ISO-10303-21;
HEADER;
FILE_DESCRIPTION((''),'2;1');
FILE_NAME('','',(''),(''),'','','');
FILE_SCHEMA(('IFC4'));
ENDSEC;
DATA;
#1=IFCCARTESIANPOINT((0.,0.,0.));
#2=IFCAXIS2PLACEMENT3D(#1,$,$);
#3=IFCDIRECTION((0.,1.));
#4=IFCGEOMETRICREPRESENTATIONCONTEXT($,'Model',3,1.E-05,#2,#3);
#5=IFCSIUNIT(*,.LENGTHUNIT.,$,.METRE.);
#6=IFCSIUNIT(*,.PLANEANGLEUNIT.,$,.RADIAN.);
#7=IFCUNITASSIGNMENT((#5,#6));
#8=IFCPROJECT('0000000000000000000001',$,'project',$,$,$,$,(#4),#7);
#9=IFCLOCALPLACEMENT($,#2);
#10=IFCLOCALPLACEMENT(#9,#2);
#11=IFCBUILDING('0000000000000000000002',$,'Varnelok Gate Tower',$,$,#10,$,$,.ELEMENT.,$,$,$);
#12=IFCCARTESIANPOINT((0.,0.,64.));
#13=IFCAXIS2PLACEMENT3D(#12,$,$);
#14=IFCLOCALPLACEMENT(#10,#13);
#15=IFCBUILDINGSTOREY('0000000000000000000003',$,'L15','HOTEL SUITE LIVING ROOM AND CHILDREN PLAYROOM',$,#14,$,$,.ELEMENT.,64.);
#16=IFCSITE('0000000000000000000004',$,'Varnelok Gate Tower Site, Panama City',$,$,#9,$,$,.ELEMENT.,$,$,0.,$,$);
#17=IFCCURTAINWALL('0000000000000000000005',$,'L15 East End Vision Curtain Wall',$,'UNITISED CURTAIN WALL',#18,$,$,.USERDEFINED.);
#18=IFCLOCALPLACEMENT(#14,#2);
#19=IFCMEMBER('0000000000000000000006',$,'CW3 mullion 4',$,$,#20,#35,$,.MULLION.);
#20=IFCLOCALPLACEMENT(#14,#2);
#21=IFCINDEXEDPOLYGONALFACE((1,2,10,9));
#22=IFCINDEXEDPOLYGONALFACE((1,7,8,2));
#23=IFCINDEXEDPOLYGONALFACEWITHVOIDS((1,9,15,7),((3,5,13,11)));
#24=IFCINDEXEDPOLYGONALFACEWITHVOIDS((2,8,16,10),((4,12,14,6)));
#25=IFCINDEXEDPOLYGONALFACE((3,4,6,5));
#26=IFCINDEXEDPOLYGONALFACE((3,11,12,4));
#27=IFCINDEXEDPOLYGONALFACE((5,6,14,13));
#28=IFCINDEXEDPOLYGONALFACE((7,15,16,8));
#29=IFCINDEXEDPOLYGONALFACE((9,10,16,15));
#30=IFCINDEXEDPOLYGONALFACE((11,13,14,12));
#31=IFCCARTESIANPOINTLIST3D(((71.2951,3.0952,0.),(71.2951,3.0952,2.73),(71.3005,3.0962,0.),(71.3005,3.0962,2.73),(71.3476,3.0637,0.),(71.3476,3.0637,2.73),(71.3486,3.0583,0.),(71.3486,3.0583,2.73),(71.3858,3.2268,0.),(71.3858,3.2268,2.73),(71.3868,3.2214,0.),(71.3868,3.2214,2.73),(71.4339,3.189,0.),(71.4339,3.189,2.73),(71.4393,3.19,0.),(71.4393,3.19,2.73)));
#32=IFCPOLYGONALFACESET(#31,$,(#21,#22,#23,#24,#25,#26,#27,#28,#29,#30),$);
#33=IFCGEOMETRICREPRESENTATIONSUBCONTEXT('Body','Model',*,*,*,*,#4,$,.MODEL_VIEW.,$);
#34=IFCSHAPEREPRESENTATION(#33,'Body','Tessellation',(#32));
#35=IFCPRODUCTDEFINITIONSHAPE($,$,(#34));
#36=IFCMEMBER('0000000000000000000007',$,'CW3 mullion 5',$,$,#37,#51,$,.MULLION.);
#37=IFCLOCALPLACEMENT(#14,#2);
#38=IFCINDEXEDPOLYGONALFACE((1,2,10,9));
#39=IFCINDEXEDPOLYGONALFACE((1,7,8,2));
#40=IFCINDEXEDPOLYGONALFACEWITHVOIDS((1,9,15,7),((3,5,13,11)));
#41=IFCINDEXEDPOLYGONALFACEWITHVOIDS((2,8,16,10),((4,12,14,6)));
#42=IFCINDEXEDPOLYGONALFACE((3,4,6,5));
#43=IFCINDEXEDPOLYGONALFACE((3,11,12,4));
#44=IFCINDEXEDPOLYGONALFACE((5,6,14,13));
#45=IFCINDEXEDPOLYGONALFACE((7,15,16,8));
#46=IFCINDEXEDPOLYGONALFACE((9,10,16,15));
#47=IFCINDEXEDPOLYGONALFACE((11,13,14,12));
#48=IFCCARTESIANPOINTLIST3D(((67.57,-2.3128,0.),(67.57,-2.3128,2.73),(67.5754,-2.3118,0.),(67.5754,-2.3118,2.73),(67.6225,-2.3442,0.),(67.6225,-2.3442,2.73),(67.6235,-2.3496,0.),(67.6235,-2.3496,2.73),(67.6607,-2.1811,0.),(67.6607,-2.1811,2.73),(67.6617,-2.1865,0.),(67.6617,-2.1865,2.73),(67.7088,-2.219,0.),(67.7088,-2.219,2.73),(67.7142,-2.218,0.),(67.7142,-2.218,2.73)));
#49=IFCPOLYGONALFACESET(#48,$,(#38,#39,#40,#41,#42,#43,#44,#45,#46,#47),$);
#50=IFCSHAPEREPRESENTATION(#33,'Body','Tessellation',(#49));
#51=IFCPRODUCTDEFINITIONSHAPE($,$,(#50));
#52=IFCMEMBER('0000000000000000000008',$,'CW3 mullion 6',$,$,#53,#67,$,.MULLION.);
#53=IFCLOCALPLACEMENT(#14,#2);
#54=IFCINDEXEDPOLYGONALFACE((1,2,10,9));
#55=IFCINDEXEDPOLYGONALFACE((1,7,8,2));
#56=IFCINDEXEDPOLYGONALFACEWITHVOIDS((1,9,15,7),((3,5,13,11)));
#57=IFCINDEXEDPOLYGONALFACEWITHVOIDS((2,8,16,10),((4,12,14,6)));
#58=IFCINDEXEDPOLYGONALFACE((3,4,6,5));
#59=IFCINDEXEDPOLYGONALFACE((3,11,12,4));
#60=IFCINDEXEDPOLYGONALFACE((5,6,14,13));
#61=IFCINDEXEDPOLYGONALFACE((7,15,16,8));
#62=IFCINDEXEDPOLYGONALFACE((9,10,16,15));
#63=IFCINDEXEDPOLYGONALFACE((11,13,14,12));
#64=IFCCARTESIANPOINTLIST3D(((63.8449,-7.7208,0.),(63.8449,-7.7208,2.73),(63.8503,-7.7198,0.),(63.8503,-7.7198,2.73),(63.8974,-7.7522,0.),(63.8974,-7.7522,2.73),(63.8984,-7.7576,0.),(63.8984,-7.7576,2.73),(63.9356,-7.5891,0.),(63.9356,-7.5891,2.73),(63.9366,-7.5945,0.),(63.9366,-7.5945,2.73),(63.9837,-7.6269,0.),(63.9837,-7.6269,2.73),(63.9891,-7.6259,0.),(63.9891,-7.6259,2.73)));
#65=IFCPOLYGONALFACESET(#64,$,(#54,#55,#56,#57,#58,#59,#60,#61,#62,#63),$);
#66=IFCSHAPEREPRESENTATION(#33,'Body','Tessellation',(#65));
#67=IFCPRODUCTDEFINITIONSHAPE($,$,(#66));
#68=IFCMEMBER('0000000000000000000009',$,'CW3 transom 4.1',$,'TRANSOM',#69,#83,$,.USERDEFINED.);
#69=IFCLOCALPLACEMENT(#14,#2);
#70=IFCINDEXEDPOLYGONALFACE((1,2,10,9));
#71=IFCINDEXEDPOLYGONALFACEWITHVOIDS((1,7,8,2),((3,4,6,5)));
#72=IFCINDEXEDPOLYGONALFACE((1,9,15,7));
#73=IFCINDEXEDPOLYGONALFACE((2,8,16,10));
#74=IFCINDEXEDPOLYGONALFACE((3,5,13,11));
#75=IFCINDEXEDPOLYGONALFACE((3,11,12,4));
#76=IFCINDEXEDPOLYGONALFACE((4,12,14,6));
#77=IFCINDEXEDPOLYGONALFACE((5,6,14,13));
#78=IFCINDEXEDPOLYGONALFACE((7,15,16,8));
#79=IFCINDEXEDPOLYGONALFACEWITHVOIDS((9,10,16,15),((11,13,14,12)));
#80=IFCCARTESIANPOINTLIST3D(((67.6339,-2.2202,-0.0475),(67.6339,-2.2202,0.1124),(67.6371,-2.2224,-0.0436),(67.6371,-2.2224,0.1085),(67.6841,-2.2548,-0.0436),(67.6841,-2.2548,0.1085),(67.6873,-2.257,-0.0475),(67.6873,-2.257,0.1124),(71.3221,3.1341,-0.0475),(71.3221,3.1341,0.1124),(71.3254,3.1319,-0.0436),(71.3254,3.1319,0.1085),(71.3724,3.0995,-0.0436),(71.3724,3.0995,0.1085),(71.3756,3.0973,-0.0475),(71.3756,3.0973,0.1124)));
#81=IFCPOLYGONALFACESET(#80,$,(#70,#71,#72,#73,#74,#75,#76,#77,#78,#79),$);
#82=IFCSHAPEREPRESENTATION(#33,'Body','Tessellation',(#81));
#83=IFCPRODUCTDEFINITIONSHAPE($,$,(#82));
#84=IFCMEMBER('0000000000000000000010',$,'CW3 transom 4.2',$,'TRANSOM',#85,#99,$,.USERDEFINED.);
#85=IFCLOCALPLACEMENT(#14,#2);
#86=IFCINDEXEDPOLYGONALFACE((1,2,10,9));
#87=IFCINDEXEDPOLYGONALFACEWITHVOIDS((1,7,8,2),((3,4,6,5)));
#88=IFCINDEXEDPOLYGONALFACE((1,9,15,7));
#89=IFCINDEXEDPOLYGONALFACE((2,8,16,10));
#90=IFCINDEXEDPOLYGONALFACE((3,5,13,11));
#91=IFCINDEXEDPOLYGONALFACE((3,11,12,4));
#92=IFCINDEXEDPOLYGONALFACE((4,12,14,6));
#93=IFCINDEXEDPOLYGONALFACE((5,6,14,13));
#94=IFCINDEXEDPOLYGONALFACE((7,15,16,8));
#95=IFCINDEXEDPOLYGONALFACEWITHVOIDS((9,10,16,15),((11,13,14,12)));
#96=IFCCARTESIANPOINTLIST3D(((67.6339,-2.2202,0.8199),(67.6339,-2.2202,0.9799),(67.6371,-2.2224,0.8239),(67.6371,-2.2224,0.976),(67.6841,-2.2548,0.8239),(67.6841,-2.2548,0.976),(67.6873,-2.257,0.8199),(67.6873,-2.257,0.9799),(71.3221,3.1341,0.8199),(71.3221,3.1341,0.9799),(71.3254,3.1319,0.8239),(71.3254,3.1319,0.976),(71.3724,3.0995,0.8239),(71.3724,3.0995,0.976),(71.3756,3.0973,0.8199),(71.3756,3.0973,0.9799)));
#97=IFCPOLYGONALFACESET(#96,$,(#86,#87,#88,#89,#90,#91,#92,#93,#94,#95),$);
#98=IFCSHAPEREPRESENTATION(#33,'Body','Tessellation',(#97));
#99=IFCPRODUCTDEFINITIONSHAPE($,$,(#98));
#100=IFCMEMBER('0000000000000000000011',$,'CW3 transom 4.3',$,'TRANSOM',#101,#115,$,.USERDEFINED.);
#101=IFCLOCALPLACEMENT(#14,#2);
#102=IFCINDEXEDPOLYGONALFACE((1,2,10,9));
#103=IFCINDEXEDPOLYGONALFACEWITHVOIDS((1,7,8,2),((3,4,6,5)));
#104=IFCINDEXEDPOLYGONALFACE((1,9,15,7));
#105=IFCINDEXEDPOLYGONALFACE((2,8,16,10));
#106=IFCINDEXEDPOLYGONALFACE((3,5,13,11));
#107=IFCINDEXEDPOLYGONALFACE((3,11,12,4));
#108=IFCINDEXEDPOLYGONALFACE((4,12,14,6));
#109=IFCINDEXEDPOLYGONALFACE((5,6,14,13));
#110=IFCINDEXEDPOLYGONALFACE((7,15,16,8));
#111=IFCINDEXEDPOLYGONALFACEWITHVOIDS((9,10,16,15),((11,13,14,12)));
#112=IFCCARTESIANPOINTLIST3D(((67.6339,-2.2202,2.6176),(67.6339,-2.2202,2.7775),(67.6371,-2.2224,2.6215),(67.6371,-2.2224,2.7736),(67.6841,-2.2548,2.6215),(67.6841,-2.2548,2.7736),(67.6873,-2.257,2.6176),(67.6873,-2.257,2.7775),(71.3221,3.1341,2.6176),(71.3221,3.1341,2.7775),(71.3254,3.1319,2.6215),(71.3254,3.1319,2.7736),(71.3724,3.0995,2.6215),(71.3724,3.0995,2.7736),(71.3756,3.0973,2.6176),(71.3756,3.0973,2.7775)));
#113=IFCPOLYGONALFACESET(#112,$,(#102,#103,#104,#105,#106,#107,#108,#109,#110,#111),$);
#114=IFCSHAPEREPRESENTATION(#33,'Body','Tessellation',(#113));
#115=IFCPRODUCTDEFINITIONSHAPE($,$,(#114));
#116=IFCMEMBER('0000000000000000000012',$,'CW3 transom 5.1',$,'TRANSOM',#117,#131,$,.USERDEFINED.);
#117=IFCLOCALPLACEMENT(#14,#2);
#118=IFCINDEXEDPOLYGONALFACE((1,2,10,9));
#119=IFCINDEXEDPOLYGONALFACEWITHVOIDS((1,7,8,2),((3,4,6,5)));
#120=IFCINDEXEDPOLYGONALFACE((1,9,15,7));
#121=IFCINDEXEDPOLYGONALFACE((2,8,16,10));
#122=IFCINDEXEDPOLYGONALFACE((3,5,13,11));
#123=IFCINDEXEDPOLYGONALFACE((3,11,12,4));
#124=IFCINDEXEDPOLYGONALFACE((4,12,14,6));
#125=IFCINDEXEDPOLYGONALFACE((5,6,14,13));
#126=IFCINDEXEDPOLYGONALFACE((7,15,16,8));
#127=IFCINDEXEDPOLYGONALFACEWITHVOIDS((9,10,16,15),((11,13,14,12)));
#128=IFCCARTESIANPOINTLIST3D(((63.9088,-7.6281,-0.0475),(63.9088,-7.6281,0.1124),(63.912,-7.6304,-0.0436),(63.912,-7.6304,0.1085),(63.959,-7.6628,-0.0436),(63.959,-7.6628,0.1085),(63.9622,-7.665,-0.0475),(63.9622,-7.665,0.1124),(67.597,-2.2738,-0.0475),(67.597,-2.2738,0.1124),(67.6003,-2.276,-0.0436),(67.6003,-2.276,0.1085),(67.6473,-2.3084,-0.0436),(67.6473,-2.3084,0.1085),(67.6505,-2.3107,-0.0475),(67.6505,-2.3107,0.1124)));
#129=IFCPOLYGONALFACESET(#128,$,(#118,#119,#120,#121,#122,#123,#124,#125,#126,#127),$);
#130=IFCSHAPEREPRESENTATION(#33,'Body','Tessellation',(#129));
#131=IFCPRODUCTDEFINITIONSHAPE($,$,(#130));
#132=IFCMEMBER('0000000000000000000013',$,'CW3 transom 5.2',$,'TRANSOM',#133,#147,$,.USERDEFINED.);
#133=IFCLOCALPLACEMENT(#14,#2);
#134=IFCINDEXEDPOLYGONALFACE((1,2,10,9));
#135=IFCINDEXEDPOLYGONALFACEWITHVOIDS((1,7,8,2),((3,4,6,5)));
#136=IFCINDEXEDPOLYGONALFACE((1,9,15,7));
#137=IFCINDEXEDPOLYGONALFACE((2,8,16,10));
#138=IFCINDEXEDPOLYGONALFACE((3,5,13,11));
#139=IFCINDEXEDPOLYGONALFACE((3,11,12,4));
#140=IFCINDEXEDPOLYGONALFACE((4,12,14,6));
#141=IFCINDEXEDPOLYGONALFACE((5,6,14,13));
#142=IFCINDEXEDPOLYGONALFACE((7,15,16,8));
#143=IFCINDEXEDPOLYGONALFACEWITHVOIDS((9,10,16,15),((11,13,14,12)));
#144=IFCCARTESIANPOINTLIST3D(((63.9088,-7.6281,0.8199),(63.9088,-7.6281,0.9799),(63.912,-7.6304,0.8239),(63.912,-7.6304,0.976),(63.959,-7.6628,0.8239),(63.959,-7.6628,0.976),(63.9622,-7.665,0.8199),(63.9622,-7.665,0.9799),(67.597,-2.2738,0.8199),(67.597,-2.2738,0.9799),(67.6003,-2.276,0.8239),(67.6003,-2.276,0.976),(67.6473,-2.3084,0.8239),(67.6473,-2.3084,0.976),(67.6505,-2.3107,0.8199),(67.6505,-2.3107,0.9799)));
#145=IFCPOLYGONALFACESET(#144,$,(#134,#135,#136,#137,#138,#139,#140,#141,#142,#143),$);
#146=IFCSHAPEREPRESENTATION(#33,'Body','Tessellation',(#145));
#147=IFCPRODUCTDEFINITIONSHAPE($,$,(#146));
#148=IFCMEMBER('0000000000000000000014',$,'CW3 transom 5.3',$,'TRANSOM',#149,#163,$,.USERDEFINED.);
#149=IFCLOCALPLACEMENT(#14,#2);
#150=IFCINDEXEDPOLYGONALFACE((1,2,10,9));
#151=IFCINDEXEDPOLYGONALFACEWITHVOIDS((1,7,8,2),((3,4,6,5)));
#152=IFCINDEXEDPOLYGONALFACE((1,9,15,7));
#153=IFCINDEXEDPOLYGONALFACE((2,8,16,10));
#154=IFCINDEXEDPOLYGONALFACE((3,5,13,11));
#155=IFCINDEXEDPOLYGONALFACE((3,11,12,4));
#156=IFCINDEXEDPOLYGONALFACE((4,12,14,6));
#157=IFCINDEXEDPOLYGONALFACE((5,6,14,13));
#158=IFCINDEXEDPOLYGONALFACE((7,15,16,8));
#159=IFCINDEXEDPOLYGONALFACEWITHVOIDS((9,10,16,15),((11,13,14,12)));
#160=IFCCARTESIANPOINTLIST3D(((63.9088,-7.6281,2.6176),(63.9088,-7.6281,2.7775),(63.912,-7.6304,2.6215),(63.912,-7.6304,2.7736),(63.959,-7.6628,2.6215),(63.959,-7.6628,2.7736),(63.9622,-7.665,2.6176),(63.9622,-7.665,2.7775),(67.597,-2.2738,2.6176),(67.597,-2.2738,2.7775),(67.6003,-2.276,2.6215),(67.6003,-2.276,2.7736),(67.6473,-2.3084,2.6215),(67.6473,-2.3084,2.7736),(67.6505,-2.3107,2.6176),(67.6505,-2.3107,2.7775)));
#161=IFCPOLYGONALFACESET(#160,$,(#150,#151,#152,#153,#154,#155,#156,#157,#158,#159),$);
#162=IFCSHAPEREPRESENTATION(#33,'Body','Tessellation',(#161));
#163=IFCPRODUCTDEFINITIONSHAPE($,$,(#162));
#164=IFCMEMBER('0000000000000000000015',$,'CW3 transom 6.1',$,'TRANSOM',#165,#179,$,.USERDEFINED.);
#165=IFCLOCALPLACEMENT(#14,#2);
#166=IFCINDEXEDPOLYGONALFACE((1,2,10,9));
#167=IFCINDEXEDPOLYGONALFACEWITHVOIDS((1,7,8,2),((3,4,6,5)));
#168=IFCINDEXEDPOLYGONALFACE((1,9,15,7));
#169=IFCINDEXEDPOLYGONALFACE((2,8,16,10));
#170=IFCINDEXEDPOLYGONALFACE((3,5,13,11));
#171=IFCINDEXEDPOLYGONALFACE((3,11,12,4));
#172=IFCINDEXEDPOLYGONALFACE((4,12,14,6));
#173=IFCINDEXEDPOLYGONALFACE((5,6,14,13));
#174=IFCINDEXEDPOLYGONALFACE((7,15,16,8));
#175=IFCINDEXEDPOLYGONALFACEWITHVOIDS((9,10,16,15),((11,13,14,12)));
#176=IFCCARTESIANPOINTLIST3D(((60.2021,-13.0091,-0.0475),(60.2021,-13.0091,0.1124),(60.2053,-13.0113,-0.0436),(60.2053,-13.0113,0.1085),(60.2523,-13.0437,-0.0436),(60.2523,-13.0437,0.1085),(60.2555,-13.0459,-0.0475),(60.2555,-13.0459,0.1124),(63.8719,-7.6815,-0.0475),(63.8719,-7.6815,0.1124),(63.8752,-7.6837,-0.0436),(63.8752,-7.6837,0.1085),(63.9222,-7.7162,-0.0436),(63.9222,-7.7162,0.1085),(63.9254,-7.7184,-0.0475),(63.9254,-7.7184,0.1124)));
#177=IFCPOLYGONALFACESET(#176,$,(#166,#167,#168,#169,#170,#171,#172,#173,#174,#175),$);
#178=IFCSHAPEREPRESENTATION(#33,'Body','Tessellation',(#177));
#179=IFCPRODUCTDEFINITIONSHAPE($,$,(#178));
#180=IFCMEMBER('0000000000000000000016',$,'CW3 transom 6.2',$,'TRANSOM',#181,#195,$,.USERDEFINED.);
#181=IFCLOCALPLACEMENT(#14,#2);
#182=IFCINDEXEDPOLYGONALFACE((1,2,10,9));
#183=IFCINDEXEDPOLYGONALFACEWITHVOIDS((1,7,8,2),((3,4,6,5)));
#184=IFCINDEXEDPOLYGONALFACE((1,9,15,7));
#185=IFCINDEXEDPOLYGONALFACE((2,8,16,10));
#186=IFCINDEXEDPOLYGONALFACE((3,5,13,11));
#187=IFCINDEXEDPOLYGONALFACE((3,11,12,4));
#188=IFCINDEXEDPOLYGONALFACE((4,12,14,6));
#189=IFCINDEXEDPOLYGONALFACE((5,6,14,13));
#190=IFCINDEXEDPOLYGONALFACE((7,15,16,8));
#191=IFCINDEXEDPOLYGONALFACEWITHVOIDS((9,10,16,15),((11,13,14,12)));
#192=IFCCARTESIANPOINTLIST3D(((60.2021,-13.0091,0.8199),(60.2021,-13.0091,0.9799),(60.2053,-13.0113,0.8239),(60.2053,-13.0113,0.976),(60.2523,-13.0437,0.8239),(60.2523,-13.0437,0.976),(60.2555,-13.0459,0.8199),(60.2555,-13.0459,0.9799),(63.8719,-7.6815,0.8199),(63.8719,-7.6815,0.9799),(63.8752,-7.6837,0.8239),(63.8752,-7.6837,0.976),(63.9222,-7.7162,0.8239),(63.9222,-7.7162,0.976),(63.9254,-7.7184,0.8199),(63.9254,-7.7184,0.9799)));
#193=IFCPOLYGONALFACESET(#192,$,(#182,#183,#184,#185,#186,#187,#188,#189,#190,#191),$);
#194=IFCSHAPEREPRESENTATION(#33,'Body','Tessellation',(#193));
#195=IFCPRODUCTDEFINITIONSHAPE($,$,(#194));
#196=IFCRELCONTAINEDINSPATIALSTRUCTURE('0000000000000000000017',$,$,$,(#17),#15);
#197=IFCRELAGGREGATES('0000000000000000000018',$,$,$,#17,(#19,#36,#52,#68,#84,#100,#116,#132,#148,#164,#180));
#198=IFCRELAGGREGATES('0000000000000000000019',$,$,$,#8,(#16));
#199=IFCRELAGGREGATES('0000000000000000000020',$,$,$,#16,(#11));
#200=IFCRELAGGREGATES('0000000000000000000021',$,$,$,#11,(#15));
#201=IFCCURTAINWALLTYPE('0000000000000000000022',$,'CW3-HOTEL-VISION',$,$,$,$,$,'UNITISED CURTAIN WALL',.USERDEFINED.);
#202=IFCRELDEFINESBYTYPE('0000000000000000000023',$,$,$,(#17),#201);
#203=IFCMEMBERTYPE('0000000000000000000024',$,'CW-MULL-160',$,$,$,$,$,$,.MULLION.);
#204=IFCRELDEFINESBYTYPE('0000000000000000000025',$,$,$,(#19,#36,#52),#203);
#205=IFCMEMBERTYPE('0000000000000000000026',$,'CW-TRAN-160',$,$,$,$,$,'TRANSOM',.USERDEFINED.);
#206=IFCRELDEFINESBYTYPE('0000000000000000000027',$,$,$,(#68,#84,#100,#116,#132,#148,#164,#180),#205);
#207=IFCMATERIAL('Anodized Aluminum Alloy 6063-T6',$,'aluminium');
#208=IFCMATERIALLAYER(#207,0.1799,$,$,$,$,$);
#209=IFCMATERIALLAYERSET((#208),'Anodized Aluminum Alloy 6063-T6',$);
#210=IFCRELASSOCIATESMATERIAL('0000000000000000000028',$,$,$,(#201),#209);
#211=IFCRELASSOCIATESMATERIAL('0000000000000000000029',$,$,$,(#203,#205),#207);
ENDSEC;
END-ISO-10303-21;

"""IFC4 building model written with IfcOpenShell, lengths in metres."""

from ifc_helpers import new_model, si_unit, direction, frame, origin, origin_2d, place, context, subcontext, project, spatial, hollow_rectangle, extrude, material, layer, layer_set, material_profile, profile_set, type_object, element, aggregate, save


model = new_model("IFC4")

# Units and contexts
model_context = context("Model", 3, precision=1e-05, world=origin(), true_north=direction((0.0, 1.0)))
body_context = subcontext(model_context, "Body", "Model", "MODEL_VIEW")
ifc_project = project(units=[si_unit("LENGTHUNIT", "METRE"), si_unit("PLANEANGLEUNIT", "RADIAN")], contexts=[model_context])

# Site, building, storey
site_placement = place(None, origin())
site = spatial("IfcSite", under=ifc_project, at=site_placement, Name="Varnelok Gate Tower Site, Panama City", CompositionType="ELEMENT", RefElevation=0.0)
building_placement = place(site_placement, origin())
building = spatial("IfcBuilding", under=site, at=building_placement, Name="Varnelok Gate Tower", CompositionType="ELEMENT")
storey_placement = place(building_placement, frame((0.0, 0.0, 64.0)))
storey = spatial("IfcBuildingStorey", under=building, at=storey_placement, Name="L15", Description="HOTEL SUITE LIVING ROOM AND CHILDREN PLAYROOM", CompositionType="ELEMENT", Elevation=64.0)

# Curtain wall, members
ifc_material_1 = material(Name="Anodized Aluminum Alloy 6063-T6", Category="aluminium")
ifc_layer_1 = layer(ifc_material_1, 0.1799)
ifc_layer_set_1 = layer_set([ifc_layer_1], Name="Anodized Aluminum Alloy 6063-T6")
curtain_wall_type = type_object("IfcCurtainWallType", Name="CW3-HOTEL-VISION", ElementType="UNITISED CURTAIN WALL", PredefinedType="USERDEFINED", material=ifc_layer_set_1)
curtain_wall_placement = place(storey_placement, origin())
curtain_wall = element("IfcCurtainWall", 1, at=curtain_wall_placement, inside=storey, type_object=curtain_wall_type, Name="L15 East End Vision Curtain Wall", ObjectType="UNITISED CURTAIN WALL", PredefinedType="USERDEFINED")
ifc_material_profile_1 = material_profile(ifc_material_1, hollow_rectangle(XDim=0.0649, YDim=0.1599, WallThickness=0.0039, at=origin_2d()), Name="ALU160X65X4")
ifc_profile_set_1 = profile_set([ifc_material_profile_1], Name="Anodized Aluminum Alloy 6063-T6")
member_type_1 = type_object("IfcMemberType", Name="CW-MULL-160", PredefinedType="MULLION", material=ifc_profile_set_1)
member_1_placement = place(storey_placement, frame((71.3672, 3.1426, 0.0), z_axis=(0.0, 0.0, 1.0), x_axis=(0.823533, -0.567269, 0.0)))
member_1 = element("IfcMember", 2, at=member_1_placement, type_object=member_type_1, Name="CW3 mullion 4", PredefinedType="MULLION", context=body_context, shape_type="SweptSolid", body=[
    extrude(hollow_rectangle(XDim=0.0649, YDim=0.1599, WallThickness=0.0039, at=origin_2d()), origin(), (0.0, 0.0, 1.0), 2.73),
])
member_2_placement = place(storey_placement, frame((67.6421, -2.2654, 0.0), z_axis=(0.0, 0.0, 1.0), x_axis=(0.823533, -0.567269, 0.0)))
member_2 = element("IfcMember", 3, at=member_2_placement, type_object=member_type_1, Name="CW3 mullion 5", PredefinedType="MULLION", context=body_context, shape_type="SweptSolid", body=[
    extrude(hollow_rectangle(XDim=0.0649, YDim=0.1599, WallThickness=0.0039, at=origin_2d()), origin(), (0.0, 0.0, 1.0), 2.73),
])
member_3_placement = place(storey_placement, frame((63.917, -7.6733, 0.0), z_axis=(0.0, 0.0, 1.0), x_axis=(0.823533, -0.567269, 0.0)))
member_3 = element("IfcMember", 4, at=member_3_placement, type_object=member_type_1, Name="CW3 mullion 6", PredefinedType="MULLION", context=body_context, shape_type="SweptSolid", body=[
    extrude(hollow_rectangle(XDim=0.0649, YDim=0.1599, WallThickness=0.0039, at=origin_2d()), origin(), (0.0, 0.0, 1.0), 2.73),
])
ifc_material_profile_2 = material_profile(ifc_material_1, hollow_rectangle(XDim=0.0649, YDim=0.1599, WallThickness=0.0039, at=origin_2d()), Name="ALU160X65X4")
ifc_profile_set_2 = profile_set([ifc_material_profile_2], Name="Anodized Aluminum Alloy 6063-T6")
member_type_2 = type_object("IfcMemberType", Name="CW-TRAN-160", ElementType="TRANSOM", PredefinedType="USERDEFINED", material=ifc_profile_set_2)
member_4_placement = place(storey_placement, frame((71.3489, 3.1157, 0.0325), z_axis=(-0.567279, -0.823526, 0.0), x_axis=(0.823526, -0.567279, 0.0)))
member_4 = element("IfcMember", 5, at=member_4_placement, type_object=member_type_2, Name="CW3 transom 4.1", ObjectType="TRANSOM", PredefinedType="USERDEFINED", context=body_context, shape_type="SweptSolid", body=[
    extrude(hollow_rectangle(XDim=0.0649, YDim=0.1599, WallThickness=0.0039, at=origin_2d()), origin(), (0.0, 0.0, 1.0), 6.5017),
])
member_5_placement = place(storey_placement, frame((71.3489, 3.1157, 0.8999), z_axis=(-0.567279, -0.823526, 0.0), x_axis=(0.823526, -0.567279, 0.0)))
member_5 = element("IfcMember", 6, at=member_5_placement, type_object=member_type_2, Name="CW3 transom 4.2", ObjectType="TRANSOM", PredefinedType="USERDEFINED", context=body_context, shape_type="SweptSolid", body=[
    extrude(hollow_rectangle(XDim=0.0649, YDim=0.1599, WallThickness=0.0039, at=origin_2d()), origin(), (0.0, 0.0, 1.0), 6.5017),
])
member_6_placement = place(storey_placement, frame((71.3489, 3.1157, 2.6975), z_axis=(-0.567279, -0.823526, 0.0), x_axis=(0.823526, -0.567279, 0.0)))
member_6 = element("IfcMember", 7, at=member_6_placement, type_object=member_type_2, Name="CW3 transom 4.3", ObjectType="TRANSOM", PredefinedType="USERDEFINED", context=body_context, shape_type="SweptSolid", body=[
    extrude(hollow_rectangle(XDim=0.0649, YDim=0.1599, WallThickness=0.0039, at=origin_2d()), origin(), (0.0, 0.0, 1.0), 6.5017),
])
member_7_placement = place(storey_placement, frame((67.6238, -2.2922, 0.0325), z_axis=(-0.567279, -0.823526, 0.0), x_axis=(0.823526, -0.567279, 0.0)))
member_7 = element("IfcMember", 8, at=member_7_placement, type_object=member_type_2, Name="CW3 transom 5.1", ObjectType="TRANSOM", PredefinedType="USERDEFINED", context=body_context, shape_type="SweptSolid", body=[
    extrude(hollow_rectangle(XDim=0.0649, YDim=0.1599, WallThickness=0.0039, at=origin_2d()), origin(), (0.0, 0.0, 1.0), 6.5017),
])
member_8_placement = place(storey_placement, frame((67.6238, -2.2922, 0.8999), z_axis=(-0.567279, -0.823526, 0.0), x_axis=(0.823526, -0.567279, 0.0)))
member_8 = element("IfcMember", 9, at=member_8_placement, type_object=member_type_2, Name="CW3 transom 5.2", ObjectType="TRANSOM", PredefinedType="USERDEFINED", context=body_context, shape_type="SweptSolid", body=[
    extrude(hollow_rectangle(XDim=0.0649, YDim=0.1599, WallThickness=0.0039, at=origin_2d()), origin(), (0.0, 0.0, 1.0), 6.5017),
])
member_9_placement = place(storey_placement, frame((67.6238, -2.2922, 2.6975), z_axis=(-0.567279, -0.823526, 0.0), x_axis=(0.823526, -0.567279, 0.0)))
member_9 = element("IfcMember", 10, at=member_9_placement, type_object=member_type_2, Name="CW3 transom 5.3", ObjectType="TRANSOM", PredefinedType="USERDEFINED", context=body_context, shape_type="SweptSolid", body=[
    extrude(hollow_rectangle(XDim=0.0649, YDim=0.1599, WallThickness=0.0039, at=origin_2d()), origin(), (0.0, 0.0, 1.0), 6.5017),
])
member_10_placement = place(storey_placement, frame((63.8987, -7.7, 0.0325), z_axis=(-0.567281, -0.823524, 0.0), x_axis=(0.823524, -0.567281, 0.0)))
member_10 = element("IfcMember", 11, at=member_10_placement, type_object=member_type_2, Name="CW3 transom 6.1", ObjectType="TRANSOM", PredefinedType="USERDEFINED", context=body_context, shape_type="SweptSolid", body=[
    extrude(hollow_rectangle(XDim=0.0649, YDim=0.1599, WallThickness=0.0039, at=origin_2d()), origin(), (0.0, 0.0, 1.0), 6.4692),
])
member_11_placement = place(storey_placement, frame((63.8987, -7.7, 0.8999), z_axis=(-0.567281, -0.823524, 0.0), x_axis=(0.823524, -0.567281, 0.0)))
member_11 = element("IfcMember", 12, at=member_11_placement, type_object=member_type_2, Name="CW3 transom 6.2", ObjectType="TRANSOM", PredefinedType="USERDEFINED", context=body_context, shape_type="SweptSolid", body=[
    extrude(hollow_rectangle(XDim=0.0649, YDim=0.1599, WallThickness=0.0039, at=origin_2d()), origin(), (0.0, 0.0, 1.0), 6.4692),
])
aggregate(curtain_wall, [member_1, member_2, member_3, member_4, member_5, member_6, member_7, member_8, member_9, member_10, member_11])

save(model, "model.ifc")
